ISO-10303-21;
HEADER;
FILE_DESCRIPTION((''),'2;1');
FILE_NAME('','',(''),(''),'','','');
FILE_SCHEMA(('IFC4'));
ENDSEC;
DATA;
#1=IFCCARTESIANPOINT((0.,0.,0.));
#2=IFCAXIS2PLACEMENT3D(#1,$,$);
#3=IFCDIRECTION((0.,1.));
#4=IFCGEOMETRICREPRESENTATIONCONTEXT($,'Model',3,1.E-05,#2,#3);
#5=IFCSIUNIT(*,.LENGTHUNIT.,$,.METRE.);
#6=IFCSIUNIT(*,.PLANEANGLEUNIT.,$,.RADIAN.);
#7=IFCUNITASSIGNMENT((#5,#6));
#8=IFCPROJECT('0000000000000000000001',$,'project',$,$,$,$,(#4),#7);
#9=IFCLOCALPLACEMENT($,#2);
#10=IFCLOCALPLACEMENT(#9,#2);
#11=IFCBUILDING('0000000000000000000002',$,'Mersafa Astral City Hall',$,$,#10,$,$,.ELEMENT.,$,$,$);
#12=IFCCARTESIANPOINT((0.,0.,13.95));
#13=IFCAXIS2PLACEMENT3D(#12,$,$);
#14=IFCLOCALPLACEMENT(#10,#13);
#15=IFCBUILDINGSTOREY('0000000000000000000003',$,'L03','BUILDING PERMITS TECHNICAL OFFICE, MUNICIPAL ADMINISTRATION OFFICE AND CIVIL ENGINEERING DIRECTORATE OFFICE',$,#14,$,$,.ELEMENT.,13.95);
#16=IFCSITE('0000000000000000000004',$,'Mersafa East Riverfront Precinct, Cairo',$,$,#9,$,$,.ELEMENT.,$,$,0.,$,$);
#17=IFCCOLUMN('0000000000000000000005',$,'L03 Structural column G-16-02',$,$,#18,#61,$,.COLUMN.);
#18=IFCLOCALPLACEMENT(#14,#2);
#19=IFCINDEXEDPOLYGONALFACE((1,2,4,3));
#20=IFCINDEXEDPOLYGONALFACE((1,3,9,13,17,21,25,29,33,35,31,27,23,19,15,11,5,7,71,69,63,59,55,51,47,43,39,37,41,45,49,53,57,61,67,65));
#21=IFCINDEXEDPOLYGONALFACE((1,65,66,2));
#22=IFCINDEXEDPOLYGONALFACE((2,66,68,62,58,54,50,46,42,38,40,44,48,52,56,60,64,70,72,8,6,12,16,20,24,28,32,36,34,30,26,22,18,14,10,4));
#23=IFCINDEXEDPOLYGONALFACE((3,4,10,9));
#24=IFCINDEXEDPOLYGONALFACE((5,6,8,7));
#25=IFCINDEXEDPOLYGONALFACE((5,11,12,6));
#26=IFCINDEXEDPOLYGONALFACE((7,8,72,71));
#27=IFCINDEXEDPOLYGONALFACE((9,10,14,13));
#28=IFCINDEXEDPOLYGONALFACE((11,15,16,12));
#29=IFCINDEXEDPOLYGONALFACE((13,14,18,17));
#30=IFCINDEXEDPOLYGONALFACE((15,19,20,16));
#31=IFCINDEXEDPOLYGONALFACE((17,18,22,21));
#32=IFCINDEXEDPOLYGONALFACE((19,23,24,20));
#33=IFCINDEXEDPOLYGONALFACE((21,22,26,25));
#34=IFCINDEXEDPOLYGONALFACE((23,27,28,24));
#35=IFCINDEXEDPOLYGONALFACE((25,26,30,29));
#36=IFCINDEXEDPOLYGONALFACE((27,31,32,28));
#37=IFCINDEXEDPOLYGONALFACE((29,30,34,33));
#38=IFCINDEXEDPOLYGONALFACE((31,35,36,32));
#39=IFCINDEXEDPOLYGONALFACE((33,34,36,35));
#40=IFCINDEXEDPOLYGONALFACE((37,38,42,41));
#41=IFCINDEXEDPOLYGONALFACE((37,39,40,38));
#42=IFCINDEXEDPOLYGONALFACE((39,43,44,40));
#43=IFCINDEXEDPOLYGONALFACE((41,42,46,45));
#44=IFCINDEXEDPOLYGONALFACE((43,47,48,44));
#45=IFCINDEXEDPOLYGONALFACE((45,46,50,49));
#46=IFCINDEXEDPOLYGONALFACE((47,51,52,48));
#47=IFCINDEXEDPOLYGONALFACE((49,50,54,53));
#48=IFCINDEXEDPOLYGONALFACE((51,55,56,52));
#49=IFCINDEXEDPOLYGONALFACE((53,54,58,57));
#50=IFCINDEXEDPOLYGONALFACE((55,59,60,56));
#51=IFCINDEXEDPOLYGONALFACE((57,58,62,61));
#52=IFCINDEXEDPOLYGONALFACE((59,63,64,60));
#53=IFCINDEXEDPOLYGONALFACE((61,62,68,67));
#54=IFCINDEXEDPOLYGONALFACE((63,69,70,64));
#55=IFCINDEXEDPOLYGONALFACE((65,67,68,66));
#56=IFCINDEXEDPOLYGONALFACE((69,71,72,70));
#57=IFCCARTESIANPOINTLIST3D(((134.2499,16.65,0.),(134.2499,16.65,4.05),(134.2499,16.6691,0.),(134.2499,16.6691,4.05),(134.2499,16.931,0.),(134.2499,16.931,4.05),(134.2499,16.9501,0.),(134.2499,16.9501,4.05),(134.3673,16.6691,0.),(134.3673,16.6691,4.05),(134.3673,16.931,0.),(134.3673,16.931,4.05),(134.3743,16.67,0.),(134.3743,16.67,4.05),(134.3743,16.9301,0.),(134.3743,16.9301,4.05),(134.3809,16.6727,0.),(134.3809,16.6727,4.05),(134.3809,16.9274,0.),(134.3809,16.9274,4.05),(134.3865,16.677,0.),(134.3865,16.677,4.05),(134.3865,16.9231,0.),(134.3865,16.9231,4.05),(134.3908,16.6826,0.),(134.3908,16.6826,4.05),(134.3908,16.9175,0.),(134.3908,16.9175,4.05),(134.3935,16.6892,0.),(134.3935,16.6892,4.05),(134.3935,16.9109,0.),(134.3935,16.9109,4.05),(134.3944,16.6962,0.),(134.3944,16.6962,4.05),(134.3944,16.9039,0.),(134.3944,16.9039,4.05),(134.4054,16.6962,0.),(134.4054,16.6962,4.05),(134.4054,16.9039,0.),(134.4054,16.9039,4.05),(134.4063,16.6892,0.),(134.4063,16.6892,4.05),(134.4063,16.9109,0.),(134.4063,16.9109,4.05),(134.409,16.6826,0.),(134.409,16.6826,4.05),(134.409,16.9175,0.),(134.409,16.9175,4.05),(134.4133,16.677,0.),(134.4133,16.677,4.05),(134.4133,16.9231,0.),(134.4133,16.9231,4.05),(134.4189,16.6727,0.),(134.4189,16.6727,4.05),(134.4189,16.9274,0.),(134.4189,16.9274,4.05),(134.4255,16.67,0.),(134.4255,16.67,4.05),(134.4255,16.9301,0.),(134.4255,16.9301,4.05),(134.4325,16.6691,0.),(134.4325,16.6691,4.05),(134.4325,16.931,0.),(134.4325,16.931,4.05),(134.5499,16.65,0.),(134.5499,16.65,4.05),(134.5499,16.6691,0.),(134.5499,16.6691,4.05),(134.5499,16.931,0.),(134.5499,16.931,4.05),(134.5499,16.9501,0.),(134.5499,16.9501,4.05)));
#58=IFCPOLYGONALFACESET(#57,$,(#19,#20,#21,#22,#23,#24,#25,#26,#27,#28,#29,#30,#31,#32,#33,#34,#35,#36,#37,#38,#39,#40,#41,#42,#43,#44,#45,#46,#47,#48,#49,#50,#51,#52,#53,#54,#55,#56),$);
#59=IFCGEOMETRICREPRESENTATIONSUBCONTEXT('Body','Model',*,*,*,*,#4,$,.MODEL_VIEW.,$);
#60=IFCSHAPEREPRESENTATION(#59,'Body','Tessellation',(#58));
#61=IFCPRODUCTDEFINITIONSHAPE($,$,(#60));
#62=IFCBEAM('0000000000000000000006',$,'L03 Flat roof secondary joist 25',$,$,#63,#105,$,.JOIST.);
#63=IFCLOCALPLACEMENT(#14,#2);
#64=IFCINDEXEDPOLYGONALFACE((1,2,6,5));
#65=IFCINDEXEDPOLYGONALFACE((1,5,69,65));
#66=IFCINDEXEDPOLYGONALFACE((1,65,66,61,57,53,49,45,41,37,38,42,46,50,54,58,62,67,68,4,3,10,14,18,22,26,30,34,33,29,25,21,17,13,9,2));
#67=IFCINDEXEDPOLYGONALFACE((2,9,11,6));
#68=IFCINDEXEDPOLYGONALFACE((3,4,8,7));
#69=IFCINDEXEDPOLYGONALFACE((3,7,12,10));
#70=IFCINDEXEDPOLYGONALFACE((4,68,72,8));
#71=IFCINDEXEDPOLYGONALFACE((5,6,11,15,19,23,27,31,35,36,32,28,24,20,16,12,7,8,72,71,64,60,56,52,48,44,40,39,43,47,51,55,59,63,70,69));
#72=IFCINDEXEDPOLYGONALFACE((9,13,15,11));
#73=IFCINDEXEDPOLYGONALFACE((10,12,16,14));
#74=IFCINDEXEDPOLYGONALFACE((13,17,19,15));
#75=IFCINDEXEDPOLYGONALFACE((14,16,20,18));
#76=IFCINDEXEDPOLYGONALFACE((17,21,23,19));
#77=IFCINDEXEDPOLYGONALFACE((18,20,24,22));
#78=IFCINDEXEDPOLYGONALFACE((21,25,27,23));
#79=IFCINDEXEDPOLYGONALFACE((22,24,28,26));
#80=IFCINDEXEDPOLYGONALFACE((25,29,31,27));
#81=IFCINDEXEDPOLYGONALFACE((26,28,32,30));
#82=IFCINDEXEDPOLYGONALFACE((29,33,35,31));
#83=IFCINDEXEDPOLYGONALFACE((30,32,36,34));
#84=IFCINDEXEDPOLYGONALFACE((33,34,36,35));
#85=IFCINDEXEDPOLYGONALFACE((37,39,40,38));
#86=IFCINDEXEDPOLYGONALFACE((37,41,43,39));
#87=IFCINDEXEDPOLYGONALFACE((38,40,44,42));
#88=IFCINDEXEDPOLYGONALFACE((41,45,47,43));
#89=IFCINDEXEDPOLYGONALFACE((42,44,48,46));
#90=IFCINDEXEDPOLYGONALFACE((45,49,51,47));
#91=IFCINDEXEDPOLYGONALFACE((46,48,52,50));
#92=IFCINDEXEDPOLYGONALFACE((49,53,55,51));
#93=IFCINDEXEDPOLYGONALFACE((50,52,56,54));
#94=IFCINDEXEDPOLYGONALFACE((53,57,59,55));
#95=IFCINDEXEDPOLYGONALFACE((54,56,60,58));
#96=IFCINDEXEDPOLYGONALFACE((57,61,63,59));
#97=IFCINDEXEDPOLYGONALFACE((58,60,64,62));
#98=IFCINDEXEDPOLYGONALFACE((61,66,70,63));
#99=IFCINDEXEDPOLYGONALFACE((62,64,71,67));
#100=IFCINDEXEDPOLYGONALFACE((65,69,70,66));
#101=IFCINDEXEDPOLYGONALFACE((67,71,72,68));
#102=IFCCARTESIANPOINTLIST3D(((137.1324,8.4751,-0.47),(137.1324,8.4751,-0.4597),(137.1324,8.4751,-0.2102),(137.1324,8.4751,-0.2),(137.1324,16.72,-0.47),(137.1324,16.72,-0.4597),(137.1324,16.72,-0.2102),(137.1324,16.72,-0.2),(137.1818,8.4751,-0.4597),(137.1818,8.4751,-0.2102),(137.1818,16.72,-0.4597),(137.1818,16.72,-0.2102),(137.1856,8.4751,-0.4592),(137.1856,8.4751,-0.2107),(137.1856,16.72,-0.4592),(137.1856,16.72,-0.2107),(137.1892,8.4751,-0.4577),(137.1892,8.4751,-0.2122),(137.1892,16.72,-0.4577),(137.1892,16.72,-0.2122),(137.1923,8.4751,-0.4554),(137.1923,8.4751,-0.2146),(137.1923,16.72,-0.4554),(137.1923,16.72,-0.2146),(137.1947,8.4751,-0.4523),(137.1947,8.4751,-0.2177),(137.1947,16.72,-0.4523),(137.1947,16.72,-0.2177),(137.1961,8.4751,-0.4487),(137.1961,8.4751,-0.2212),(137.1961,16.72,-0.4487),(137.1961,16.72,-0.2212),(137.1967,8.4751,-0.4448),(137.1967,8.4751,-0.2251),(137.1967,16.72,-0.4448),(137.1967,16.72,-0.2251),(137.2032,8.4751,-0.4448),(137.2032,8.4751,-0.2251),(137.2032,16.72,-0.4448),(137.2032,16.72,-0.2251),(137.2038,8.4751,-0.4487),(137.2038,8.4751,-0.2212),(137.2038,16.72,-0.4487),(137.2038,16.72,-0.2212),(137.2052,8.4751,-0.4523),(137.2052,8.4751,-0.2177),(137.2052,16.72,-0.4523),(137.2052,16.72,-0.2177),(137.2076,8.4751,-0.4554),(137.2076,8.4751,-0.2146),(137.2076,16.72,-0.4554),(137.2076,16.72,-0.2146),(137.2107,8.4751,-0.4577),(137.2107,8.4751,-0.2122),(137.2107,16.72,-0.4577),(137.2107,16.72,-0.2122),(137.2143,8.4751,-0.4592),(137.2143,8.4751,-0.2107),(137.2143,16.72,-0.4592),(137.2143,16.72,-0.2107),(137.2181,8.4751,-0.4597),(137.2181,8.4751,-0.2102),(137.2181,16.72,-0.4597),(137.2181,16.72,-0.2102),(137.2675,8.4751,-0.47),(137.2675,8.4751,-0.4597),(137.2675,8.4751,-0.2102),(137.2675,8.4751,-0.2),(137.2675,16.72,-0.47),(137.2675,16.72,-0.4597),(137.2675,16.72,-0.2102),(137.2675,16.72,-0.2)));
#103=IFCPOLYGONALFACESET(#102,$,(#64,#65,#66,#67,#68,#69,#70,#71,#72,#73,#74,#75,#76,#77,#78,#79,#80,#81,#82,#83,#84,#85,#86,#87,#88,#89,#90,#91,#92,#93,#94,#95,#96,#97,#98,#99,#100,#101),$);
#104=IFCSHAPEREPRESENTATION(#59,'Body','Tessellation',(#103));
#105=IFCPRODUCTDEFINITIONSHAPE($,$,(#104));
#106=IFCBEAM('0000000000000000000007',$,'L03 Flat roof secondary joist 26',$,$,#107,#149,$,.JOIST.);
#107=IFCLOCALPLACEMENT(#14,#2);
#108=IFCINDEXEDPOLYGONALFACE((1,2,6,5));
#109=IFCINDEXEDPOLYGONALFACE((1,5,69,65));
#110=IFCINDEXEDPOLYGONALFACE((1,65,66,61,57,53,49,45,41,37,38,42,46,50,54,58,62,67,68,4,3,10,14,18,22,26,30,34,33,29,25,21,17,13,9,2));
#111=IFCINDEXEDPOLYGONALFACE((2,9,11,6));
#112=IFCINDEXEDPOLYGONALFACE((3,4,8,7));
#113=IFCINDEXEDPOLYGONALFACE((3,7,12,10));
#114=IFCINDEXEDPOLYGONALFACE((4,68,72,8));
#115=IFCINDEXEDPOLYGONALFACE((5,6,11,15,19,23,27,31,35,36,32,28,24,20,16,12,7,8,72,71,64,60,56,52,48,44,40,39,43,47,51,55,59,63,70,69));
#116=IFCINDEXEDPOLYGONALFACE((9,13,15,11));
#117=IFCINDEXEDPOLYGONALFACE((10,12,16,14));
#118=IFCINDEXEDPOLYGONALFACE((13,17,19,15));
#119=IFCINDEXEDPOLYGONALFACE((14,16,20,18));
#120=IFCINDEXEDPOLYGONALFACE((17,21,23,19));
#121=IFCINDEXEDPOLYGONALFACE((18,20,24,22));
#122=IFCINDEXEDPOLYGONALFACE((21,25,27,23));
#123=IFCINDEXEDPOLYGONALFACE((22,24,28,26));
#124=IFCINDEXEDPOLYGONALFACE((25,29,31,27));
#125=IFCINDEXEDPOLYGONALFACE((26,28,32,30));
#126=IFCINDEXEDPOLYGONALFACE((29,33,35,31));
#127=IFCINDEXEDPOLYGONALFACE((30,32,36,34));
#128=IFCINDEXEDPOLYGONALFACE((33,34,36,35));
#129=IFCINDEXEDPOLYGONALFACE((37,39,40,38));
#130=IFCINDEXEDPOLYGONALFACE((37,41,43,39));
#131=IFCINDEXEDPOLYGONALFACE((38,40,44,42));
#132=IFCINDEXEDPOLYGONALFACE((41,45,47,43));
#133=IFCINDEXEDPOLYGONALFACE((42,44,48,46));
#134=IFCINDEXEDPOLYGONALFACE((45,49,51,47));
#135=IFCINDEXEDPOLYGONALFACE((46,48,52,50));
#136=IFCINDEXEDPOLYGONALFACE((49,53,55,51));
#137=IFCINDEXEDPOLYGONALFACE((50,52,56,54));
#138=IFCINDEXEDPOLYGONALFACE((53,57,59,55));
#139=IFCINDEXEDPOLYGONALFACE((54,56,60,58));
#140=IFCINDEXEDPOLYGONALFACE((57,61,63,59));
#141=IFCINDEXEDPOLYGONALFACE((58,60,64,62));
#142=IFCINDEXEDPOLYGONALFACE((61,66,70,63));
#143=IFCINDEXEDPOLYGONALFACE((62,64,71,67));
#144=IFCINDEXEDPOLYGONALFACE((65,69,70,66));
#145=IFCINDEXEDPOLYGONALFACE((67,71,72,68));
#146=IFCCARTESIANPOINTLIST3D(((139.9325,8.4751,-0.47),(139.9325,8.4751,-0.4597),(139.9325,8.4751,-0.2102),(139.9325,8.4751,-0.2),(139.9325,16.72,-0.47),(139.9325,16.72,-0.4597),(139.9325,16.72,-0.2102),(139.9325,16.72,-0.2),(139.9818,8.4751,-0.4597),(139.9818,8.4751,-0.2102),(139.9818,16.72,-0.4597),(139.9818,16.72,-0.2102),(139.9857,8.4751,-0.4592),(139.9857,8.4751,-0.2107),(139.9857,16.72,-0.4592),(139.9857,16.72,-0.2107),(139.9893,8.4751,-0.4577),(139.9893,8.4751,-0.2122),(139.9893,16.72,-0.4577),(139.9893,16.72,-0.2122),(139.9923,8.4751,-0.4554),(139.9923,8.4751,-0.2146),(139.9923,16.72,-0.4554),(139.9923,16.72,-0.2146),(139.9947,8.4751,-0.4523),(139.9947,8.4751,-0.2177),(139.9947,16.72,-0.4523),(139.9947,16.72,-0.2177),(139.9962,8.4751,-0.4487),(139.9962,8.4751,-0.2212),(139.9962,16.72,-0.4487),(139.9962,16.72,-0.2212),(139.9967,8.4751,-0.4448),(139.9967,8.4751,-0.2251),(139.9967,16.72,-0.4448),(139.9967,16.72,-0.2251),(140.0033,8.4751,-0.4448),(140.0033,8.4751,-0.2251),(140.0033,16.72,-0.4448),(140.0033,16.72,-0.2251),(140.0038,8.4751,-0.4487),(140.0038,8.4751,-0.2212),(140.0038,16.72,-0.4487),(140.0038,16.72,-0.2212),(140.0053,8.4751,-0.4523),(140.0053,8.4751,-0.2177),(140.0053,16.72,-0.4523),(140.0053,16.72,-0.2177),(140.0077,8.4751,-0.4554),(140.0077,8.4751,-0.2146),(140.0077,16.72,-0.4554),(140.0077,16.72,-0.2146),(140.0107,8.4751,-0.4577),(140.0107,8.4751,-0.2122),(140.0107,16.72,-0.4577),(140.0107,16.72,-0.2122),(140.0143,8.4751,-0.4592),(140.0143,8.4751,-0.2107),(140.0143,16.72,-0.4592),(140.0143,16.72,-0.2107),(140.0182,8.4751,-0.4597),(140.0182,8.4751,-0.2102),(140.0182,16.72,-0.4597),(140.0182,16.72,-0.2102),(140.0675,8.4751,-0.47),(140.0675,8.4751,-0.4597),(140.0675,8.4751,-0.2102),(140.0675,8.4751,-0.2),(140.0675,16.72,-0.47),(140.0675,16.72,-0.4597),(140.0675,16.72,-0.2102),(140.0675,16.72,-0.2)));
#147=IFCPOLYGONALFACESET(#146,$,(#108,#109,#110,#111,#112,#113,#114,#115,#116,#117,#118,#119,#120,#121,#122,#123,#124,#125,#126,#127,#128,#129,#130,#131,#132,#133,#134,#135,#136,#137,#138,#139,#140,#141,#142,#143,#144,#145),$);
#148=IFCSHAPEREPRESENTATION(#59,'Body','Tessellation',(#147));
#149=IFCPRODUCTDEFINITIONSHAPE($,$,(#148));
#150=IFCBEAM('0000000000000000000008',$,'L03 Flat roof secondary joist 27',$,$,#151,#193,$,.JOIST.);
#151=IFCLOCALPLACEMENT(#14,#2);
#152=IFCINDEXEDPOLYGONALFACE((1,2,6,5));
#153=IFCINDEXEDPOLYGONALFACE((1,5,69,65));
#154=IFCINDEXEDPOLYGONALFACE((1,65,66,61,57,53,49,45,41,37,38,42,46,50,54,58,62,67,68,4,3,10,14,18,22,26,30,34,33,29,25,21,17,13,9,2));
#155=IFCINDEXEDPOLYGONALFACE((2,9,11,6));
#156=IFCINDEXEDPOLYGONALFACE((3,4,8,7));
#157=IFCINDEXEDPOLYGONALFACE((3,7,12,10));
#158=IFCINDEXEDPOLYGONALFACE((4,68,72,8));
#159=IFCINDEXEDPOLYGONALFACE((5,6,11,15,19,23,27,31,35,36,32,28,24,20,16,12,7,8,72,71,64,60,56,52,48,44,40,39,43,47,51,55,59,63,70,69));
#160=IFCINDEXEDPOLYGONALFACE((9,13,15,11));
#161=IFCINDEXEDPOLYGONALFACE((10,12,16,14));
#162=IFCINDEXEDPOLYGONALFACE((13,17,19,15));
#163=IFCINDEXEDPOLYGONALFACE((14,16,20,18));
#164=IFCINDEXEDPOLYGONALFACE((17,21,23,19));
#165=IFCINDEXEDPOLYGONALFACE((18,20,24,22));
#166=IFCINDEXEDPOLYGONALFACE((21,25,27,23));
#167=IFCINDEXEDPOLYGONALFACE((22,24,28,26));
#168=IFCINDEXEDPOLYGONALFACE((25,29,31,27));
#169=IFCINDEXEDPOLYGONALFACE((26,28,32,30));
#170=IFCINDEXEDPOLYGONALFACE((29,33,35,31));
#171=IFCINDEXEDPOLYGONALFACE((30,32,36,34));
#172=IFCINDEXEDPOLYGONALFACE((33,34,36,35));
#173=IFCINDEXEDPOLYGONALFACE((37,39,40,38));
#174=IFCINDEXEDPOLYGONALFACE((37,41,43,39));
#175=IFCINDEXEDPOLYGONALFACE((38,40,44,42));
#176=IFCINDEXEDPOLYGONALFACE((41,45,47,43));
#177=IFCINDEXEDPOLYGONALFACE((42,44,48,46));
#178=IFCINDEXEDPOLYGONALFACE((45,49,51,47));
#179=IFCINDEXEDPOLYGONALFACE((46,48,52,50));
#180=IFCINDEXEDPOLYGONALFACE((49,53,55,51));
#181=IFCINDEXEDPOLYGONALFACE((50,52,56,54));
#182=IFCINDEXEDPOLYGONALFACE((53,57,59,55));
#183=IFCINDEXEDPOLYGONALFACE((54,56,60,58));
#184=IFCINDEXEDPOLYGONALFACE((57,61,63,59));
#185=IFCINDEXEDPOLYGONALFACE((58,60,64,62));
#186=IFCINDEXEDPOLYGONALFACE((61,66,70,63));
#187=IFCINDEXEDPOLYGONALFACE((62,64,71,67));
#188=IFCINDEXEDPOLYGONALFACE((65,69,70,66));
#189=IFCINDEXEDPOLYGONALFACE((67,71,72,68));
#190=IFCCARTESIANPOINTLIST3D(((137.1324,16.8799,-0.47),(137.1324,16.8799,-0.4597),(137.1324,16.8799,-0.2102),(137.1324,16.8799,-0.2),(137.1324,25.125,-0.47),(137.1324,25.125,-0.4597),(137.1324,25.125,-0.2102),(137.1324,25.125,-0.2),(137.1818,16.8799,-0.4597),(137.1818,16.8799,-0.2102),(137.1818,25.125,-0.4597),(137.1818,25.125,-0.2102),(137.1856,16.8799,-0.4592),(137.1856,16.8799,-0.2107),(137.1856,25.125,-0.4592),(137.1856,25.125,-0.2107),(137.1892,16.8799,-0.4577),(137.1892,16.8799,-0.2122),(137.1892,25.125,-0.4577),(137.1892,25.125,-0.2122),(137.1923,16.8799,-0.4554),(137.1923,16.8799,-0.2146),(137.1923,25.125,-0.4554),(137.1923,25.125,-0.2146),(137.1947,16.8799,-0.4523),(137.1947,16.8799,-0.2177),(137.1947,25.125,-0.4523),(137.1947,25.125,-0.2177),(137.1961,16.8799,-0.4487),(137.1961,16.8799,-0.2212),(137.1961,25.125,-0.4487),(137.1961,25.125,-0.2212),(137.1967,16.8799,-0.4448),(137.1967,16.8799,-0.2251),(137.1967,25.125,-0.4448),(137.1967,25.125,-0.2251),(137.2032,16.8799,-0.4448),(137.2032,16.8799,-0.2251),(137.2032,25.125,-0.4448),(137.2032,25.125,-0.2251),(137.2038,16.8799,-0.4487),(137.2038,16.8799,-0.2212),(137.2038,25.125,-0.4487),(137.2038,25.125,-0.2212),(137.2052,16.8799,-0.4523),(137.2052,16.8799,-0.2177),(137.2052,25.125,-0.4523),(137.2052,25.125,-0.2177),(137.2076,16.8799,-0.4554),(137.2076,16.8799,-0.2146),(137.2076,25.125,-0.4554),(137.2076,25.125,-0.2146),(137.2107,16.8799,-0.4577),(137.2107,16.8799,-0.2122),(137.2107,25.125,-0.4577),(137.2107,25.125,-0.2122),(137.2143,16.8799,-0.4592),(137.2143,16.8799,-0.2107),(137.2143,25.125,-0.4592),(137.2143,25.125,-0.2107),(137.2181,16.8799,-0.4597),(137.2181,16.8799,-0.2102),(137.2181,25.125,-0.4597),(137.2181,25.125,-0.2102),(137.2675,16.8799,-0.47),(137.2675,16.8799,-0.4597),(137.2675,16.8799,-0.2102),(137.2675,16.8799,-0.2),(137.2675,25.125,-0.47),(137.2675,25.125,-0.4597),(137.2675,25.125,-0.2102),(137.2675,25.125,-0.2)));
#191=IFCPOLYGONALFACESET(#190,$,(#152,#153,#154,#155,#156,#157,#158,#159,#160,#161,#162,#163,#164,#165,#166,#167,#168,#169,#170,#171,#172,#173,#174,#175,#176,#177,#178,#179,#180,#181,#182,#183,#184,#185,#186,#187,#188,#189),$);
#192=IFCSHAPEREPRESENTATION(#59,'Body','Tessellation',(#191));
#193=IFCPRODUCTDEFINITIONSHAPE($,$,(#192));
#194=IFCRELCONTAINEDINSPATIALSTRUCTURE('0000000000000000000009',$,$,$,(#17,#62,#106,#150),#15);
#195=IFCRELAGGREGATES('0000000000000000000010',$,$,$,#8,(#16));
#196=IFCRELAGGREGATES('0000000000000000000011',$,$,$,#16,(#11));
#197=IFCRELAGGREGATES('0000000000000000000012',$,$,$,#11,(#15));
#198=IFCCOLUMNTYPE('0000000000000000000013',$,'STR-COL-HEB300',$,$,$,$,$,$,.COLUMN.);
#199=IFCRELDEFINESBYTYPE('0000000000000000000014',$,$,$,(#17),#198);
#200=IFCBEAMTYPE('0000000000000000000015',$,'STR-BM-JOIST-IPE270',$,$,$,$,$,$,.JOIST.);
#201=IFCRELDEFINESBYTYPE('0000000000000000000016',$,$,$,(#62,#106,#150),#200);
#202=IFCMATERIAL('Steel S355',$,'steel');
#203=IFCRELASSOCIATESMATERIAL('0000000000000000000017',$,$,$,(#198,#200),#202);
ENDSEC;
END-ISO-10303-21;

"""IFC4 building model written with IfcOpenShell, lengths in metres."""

from ifc_helpers import new_model, si_unit, direction, frame, origin, origin_2d, place, context, subcontext, project, spatial, i_section, extrude, material, material_profile, profile_set, type_object, element, save


model = new_model("IFC4")

# Units and contexts
model_context = context("Model", 3, precision=1e-05, world=origin(), true_north=direction((0.0, 1.0)))
body_context = subcontext(model_context, "Body", "Model", "MODEL_VIEW")
ifc_project = project(units=[si_unit("LENGTHUNIT", "METRE"), si_unit("PLANEANGLEUNIT", "RADIAN")], contexts=[model_context])

# Site, building, storey
site_placement = place(None, origin())
site = spatial("IfcSite", under=ifc_project, at=site_placement, Name="Mersafa East Riverfront Precinct, Cairo", CompositionType="ELEMENT", RefElevation=0.0)
building_placement = place(site_placement, origin())
building = spatial("IfcBuilding", under=site, at=building_placement, Name="Mersafa Astral City Hall", CompositionType="ELEMENT")
storey_placement = place(building_placement, frame((0.0, 0.0, 13.95)))
storey = spatial("IfcBuildingStorey", under=building, at=storey_placement, Name="L03", Description="BUILDING PERMITS TECHNICAL OFFICE, MUNICIPAL ADMINISTRATION OFFICE AND CIVIL ENGINEERING DIRECTORATE OFFICE", CompositionType="ELEMENT", Elevation=13.95)

# Column
ifc_material_1 = material(Name="Steel S355", Category="steel")
ifc_material_profile_1 = material_profile(ifc_material_1, i_section(OverallWidth=0.3, OverallDepth=0.3, WebThickness=0.011, FlangeThickness=0.019, FilletRadius=0.0271, at=origin_2d()), Name="HEB 300")
ifc_profile_set_1 = profile_set([ifc_material_profile_1], Name="Steel S355")
column_type = type_object("IfcColumnType", Name="STR-COL-HEB300", PredefinedType="COLUMN", material=ifc_profile_set_1)
column_placement = place(storey_placement, frame((134.3999, 16.8, 0.0), z_axis=(0.0, 0.0, 1.0), x_axis=(1.0, 0.0, 0.0)))
element("IfcColumn", 1, at=column_placement, inside=storey, type_object=column_type, Name="L03 Structural column G-16-02", PredefinedType="COLUMN", context=body_context, shape_type="SweptSolid", body=[
    extrude(i_section(OverallWidth=0.3, OverallDepth=0.3, WebThickness=0.011, FlangeThickness=0.019, FilletRadius=0.0271, at=origin_2d()), origin(), (0.0, 0.0, 1.0), 4.05),
])

# Beams
ifc_material_profile_2 = material_profile(ifc_material_1, i_section(OverallWidth=0.135, OverallDepth=0.27, WebThickness=0.0066, FlangeThickness=0.0103, FilletRadius=0.0149, at=origin_2d()), Name="IPE 270")
ifc_profile_set_2 = profile_set([ifc_material_profile_2], Name="Steel S355")
beam_type_1 = type_object("IfcBeamType", Name="STR-BM-JOIST-IPE270", PredefinedType="JOIST", material=ifc_profile_set_2)
for number, where, z_axis, x_axis, name in (
    (2, (137.2, 8.4751, -0.335), (0.0, 1.0, 0.0), (-1.0, 0.0, 0.0), "L03 Flat roof secondary joist 25"),
    (3, (140.0, 8.4751, -0.335), (0.0, 1.0, 0.0), (-1.0, 0.0, 0.0), "L03 Flat roof secondary joist 26"),
):
    element("IfcBeam", number, at=place(storey_placement, frame(where, z_axis=z_axis, x_axis=x_axis)), inside=storey, type_object=beam_type_1, Name=name, PredefinedType="JOIST", context=body_context, shape_type="SweptSolid", body=[
        extrude(i_section(OverallWidth=0.135, OverallDepth=0.27, WebThickness=0.0066, FlangeThickness=0.0103, FilletRadius=0.0149, at=origin_2d()), origin(), (0.0, 0.0, 1.0), 8.2449),
    ])
for number, where, z_axis, x_axis, name in (
    (4, (137.2, 16.8799, -0.335), (0.0, 1.0, 0.0), (-1.0, 0.0, 0.0), "L03 Flat roof secondary joist 27"),
):
    element("IfcBeam", number, at=place(storey_placement, frame(where, z_axis=z_axis, x_axis=x_axis)), inside=storey, type_object=beam_type_1, Name=name, PredefinedType="JOIST", context=body_context, shape_type="SweptSolid", body=[
        extrude(i_section(OverallWidth=0.135, OverallDepth=0.27, WebThickness=0.0066, FlangeThickness=0.0103, FilletRadius=0.0149, at=origin_2d()), origin(), (0.0, 0.0, 1.0), 8.2451),
    ])

save(model, "model.ifc")
